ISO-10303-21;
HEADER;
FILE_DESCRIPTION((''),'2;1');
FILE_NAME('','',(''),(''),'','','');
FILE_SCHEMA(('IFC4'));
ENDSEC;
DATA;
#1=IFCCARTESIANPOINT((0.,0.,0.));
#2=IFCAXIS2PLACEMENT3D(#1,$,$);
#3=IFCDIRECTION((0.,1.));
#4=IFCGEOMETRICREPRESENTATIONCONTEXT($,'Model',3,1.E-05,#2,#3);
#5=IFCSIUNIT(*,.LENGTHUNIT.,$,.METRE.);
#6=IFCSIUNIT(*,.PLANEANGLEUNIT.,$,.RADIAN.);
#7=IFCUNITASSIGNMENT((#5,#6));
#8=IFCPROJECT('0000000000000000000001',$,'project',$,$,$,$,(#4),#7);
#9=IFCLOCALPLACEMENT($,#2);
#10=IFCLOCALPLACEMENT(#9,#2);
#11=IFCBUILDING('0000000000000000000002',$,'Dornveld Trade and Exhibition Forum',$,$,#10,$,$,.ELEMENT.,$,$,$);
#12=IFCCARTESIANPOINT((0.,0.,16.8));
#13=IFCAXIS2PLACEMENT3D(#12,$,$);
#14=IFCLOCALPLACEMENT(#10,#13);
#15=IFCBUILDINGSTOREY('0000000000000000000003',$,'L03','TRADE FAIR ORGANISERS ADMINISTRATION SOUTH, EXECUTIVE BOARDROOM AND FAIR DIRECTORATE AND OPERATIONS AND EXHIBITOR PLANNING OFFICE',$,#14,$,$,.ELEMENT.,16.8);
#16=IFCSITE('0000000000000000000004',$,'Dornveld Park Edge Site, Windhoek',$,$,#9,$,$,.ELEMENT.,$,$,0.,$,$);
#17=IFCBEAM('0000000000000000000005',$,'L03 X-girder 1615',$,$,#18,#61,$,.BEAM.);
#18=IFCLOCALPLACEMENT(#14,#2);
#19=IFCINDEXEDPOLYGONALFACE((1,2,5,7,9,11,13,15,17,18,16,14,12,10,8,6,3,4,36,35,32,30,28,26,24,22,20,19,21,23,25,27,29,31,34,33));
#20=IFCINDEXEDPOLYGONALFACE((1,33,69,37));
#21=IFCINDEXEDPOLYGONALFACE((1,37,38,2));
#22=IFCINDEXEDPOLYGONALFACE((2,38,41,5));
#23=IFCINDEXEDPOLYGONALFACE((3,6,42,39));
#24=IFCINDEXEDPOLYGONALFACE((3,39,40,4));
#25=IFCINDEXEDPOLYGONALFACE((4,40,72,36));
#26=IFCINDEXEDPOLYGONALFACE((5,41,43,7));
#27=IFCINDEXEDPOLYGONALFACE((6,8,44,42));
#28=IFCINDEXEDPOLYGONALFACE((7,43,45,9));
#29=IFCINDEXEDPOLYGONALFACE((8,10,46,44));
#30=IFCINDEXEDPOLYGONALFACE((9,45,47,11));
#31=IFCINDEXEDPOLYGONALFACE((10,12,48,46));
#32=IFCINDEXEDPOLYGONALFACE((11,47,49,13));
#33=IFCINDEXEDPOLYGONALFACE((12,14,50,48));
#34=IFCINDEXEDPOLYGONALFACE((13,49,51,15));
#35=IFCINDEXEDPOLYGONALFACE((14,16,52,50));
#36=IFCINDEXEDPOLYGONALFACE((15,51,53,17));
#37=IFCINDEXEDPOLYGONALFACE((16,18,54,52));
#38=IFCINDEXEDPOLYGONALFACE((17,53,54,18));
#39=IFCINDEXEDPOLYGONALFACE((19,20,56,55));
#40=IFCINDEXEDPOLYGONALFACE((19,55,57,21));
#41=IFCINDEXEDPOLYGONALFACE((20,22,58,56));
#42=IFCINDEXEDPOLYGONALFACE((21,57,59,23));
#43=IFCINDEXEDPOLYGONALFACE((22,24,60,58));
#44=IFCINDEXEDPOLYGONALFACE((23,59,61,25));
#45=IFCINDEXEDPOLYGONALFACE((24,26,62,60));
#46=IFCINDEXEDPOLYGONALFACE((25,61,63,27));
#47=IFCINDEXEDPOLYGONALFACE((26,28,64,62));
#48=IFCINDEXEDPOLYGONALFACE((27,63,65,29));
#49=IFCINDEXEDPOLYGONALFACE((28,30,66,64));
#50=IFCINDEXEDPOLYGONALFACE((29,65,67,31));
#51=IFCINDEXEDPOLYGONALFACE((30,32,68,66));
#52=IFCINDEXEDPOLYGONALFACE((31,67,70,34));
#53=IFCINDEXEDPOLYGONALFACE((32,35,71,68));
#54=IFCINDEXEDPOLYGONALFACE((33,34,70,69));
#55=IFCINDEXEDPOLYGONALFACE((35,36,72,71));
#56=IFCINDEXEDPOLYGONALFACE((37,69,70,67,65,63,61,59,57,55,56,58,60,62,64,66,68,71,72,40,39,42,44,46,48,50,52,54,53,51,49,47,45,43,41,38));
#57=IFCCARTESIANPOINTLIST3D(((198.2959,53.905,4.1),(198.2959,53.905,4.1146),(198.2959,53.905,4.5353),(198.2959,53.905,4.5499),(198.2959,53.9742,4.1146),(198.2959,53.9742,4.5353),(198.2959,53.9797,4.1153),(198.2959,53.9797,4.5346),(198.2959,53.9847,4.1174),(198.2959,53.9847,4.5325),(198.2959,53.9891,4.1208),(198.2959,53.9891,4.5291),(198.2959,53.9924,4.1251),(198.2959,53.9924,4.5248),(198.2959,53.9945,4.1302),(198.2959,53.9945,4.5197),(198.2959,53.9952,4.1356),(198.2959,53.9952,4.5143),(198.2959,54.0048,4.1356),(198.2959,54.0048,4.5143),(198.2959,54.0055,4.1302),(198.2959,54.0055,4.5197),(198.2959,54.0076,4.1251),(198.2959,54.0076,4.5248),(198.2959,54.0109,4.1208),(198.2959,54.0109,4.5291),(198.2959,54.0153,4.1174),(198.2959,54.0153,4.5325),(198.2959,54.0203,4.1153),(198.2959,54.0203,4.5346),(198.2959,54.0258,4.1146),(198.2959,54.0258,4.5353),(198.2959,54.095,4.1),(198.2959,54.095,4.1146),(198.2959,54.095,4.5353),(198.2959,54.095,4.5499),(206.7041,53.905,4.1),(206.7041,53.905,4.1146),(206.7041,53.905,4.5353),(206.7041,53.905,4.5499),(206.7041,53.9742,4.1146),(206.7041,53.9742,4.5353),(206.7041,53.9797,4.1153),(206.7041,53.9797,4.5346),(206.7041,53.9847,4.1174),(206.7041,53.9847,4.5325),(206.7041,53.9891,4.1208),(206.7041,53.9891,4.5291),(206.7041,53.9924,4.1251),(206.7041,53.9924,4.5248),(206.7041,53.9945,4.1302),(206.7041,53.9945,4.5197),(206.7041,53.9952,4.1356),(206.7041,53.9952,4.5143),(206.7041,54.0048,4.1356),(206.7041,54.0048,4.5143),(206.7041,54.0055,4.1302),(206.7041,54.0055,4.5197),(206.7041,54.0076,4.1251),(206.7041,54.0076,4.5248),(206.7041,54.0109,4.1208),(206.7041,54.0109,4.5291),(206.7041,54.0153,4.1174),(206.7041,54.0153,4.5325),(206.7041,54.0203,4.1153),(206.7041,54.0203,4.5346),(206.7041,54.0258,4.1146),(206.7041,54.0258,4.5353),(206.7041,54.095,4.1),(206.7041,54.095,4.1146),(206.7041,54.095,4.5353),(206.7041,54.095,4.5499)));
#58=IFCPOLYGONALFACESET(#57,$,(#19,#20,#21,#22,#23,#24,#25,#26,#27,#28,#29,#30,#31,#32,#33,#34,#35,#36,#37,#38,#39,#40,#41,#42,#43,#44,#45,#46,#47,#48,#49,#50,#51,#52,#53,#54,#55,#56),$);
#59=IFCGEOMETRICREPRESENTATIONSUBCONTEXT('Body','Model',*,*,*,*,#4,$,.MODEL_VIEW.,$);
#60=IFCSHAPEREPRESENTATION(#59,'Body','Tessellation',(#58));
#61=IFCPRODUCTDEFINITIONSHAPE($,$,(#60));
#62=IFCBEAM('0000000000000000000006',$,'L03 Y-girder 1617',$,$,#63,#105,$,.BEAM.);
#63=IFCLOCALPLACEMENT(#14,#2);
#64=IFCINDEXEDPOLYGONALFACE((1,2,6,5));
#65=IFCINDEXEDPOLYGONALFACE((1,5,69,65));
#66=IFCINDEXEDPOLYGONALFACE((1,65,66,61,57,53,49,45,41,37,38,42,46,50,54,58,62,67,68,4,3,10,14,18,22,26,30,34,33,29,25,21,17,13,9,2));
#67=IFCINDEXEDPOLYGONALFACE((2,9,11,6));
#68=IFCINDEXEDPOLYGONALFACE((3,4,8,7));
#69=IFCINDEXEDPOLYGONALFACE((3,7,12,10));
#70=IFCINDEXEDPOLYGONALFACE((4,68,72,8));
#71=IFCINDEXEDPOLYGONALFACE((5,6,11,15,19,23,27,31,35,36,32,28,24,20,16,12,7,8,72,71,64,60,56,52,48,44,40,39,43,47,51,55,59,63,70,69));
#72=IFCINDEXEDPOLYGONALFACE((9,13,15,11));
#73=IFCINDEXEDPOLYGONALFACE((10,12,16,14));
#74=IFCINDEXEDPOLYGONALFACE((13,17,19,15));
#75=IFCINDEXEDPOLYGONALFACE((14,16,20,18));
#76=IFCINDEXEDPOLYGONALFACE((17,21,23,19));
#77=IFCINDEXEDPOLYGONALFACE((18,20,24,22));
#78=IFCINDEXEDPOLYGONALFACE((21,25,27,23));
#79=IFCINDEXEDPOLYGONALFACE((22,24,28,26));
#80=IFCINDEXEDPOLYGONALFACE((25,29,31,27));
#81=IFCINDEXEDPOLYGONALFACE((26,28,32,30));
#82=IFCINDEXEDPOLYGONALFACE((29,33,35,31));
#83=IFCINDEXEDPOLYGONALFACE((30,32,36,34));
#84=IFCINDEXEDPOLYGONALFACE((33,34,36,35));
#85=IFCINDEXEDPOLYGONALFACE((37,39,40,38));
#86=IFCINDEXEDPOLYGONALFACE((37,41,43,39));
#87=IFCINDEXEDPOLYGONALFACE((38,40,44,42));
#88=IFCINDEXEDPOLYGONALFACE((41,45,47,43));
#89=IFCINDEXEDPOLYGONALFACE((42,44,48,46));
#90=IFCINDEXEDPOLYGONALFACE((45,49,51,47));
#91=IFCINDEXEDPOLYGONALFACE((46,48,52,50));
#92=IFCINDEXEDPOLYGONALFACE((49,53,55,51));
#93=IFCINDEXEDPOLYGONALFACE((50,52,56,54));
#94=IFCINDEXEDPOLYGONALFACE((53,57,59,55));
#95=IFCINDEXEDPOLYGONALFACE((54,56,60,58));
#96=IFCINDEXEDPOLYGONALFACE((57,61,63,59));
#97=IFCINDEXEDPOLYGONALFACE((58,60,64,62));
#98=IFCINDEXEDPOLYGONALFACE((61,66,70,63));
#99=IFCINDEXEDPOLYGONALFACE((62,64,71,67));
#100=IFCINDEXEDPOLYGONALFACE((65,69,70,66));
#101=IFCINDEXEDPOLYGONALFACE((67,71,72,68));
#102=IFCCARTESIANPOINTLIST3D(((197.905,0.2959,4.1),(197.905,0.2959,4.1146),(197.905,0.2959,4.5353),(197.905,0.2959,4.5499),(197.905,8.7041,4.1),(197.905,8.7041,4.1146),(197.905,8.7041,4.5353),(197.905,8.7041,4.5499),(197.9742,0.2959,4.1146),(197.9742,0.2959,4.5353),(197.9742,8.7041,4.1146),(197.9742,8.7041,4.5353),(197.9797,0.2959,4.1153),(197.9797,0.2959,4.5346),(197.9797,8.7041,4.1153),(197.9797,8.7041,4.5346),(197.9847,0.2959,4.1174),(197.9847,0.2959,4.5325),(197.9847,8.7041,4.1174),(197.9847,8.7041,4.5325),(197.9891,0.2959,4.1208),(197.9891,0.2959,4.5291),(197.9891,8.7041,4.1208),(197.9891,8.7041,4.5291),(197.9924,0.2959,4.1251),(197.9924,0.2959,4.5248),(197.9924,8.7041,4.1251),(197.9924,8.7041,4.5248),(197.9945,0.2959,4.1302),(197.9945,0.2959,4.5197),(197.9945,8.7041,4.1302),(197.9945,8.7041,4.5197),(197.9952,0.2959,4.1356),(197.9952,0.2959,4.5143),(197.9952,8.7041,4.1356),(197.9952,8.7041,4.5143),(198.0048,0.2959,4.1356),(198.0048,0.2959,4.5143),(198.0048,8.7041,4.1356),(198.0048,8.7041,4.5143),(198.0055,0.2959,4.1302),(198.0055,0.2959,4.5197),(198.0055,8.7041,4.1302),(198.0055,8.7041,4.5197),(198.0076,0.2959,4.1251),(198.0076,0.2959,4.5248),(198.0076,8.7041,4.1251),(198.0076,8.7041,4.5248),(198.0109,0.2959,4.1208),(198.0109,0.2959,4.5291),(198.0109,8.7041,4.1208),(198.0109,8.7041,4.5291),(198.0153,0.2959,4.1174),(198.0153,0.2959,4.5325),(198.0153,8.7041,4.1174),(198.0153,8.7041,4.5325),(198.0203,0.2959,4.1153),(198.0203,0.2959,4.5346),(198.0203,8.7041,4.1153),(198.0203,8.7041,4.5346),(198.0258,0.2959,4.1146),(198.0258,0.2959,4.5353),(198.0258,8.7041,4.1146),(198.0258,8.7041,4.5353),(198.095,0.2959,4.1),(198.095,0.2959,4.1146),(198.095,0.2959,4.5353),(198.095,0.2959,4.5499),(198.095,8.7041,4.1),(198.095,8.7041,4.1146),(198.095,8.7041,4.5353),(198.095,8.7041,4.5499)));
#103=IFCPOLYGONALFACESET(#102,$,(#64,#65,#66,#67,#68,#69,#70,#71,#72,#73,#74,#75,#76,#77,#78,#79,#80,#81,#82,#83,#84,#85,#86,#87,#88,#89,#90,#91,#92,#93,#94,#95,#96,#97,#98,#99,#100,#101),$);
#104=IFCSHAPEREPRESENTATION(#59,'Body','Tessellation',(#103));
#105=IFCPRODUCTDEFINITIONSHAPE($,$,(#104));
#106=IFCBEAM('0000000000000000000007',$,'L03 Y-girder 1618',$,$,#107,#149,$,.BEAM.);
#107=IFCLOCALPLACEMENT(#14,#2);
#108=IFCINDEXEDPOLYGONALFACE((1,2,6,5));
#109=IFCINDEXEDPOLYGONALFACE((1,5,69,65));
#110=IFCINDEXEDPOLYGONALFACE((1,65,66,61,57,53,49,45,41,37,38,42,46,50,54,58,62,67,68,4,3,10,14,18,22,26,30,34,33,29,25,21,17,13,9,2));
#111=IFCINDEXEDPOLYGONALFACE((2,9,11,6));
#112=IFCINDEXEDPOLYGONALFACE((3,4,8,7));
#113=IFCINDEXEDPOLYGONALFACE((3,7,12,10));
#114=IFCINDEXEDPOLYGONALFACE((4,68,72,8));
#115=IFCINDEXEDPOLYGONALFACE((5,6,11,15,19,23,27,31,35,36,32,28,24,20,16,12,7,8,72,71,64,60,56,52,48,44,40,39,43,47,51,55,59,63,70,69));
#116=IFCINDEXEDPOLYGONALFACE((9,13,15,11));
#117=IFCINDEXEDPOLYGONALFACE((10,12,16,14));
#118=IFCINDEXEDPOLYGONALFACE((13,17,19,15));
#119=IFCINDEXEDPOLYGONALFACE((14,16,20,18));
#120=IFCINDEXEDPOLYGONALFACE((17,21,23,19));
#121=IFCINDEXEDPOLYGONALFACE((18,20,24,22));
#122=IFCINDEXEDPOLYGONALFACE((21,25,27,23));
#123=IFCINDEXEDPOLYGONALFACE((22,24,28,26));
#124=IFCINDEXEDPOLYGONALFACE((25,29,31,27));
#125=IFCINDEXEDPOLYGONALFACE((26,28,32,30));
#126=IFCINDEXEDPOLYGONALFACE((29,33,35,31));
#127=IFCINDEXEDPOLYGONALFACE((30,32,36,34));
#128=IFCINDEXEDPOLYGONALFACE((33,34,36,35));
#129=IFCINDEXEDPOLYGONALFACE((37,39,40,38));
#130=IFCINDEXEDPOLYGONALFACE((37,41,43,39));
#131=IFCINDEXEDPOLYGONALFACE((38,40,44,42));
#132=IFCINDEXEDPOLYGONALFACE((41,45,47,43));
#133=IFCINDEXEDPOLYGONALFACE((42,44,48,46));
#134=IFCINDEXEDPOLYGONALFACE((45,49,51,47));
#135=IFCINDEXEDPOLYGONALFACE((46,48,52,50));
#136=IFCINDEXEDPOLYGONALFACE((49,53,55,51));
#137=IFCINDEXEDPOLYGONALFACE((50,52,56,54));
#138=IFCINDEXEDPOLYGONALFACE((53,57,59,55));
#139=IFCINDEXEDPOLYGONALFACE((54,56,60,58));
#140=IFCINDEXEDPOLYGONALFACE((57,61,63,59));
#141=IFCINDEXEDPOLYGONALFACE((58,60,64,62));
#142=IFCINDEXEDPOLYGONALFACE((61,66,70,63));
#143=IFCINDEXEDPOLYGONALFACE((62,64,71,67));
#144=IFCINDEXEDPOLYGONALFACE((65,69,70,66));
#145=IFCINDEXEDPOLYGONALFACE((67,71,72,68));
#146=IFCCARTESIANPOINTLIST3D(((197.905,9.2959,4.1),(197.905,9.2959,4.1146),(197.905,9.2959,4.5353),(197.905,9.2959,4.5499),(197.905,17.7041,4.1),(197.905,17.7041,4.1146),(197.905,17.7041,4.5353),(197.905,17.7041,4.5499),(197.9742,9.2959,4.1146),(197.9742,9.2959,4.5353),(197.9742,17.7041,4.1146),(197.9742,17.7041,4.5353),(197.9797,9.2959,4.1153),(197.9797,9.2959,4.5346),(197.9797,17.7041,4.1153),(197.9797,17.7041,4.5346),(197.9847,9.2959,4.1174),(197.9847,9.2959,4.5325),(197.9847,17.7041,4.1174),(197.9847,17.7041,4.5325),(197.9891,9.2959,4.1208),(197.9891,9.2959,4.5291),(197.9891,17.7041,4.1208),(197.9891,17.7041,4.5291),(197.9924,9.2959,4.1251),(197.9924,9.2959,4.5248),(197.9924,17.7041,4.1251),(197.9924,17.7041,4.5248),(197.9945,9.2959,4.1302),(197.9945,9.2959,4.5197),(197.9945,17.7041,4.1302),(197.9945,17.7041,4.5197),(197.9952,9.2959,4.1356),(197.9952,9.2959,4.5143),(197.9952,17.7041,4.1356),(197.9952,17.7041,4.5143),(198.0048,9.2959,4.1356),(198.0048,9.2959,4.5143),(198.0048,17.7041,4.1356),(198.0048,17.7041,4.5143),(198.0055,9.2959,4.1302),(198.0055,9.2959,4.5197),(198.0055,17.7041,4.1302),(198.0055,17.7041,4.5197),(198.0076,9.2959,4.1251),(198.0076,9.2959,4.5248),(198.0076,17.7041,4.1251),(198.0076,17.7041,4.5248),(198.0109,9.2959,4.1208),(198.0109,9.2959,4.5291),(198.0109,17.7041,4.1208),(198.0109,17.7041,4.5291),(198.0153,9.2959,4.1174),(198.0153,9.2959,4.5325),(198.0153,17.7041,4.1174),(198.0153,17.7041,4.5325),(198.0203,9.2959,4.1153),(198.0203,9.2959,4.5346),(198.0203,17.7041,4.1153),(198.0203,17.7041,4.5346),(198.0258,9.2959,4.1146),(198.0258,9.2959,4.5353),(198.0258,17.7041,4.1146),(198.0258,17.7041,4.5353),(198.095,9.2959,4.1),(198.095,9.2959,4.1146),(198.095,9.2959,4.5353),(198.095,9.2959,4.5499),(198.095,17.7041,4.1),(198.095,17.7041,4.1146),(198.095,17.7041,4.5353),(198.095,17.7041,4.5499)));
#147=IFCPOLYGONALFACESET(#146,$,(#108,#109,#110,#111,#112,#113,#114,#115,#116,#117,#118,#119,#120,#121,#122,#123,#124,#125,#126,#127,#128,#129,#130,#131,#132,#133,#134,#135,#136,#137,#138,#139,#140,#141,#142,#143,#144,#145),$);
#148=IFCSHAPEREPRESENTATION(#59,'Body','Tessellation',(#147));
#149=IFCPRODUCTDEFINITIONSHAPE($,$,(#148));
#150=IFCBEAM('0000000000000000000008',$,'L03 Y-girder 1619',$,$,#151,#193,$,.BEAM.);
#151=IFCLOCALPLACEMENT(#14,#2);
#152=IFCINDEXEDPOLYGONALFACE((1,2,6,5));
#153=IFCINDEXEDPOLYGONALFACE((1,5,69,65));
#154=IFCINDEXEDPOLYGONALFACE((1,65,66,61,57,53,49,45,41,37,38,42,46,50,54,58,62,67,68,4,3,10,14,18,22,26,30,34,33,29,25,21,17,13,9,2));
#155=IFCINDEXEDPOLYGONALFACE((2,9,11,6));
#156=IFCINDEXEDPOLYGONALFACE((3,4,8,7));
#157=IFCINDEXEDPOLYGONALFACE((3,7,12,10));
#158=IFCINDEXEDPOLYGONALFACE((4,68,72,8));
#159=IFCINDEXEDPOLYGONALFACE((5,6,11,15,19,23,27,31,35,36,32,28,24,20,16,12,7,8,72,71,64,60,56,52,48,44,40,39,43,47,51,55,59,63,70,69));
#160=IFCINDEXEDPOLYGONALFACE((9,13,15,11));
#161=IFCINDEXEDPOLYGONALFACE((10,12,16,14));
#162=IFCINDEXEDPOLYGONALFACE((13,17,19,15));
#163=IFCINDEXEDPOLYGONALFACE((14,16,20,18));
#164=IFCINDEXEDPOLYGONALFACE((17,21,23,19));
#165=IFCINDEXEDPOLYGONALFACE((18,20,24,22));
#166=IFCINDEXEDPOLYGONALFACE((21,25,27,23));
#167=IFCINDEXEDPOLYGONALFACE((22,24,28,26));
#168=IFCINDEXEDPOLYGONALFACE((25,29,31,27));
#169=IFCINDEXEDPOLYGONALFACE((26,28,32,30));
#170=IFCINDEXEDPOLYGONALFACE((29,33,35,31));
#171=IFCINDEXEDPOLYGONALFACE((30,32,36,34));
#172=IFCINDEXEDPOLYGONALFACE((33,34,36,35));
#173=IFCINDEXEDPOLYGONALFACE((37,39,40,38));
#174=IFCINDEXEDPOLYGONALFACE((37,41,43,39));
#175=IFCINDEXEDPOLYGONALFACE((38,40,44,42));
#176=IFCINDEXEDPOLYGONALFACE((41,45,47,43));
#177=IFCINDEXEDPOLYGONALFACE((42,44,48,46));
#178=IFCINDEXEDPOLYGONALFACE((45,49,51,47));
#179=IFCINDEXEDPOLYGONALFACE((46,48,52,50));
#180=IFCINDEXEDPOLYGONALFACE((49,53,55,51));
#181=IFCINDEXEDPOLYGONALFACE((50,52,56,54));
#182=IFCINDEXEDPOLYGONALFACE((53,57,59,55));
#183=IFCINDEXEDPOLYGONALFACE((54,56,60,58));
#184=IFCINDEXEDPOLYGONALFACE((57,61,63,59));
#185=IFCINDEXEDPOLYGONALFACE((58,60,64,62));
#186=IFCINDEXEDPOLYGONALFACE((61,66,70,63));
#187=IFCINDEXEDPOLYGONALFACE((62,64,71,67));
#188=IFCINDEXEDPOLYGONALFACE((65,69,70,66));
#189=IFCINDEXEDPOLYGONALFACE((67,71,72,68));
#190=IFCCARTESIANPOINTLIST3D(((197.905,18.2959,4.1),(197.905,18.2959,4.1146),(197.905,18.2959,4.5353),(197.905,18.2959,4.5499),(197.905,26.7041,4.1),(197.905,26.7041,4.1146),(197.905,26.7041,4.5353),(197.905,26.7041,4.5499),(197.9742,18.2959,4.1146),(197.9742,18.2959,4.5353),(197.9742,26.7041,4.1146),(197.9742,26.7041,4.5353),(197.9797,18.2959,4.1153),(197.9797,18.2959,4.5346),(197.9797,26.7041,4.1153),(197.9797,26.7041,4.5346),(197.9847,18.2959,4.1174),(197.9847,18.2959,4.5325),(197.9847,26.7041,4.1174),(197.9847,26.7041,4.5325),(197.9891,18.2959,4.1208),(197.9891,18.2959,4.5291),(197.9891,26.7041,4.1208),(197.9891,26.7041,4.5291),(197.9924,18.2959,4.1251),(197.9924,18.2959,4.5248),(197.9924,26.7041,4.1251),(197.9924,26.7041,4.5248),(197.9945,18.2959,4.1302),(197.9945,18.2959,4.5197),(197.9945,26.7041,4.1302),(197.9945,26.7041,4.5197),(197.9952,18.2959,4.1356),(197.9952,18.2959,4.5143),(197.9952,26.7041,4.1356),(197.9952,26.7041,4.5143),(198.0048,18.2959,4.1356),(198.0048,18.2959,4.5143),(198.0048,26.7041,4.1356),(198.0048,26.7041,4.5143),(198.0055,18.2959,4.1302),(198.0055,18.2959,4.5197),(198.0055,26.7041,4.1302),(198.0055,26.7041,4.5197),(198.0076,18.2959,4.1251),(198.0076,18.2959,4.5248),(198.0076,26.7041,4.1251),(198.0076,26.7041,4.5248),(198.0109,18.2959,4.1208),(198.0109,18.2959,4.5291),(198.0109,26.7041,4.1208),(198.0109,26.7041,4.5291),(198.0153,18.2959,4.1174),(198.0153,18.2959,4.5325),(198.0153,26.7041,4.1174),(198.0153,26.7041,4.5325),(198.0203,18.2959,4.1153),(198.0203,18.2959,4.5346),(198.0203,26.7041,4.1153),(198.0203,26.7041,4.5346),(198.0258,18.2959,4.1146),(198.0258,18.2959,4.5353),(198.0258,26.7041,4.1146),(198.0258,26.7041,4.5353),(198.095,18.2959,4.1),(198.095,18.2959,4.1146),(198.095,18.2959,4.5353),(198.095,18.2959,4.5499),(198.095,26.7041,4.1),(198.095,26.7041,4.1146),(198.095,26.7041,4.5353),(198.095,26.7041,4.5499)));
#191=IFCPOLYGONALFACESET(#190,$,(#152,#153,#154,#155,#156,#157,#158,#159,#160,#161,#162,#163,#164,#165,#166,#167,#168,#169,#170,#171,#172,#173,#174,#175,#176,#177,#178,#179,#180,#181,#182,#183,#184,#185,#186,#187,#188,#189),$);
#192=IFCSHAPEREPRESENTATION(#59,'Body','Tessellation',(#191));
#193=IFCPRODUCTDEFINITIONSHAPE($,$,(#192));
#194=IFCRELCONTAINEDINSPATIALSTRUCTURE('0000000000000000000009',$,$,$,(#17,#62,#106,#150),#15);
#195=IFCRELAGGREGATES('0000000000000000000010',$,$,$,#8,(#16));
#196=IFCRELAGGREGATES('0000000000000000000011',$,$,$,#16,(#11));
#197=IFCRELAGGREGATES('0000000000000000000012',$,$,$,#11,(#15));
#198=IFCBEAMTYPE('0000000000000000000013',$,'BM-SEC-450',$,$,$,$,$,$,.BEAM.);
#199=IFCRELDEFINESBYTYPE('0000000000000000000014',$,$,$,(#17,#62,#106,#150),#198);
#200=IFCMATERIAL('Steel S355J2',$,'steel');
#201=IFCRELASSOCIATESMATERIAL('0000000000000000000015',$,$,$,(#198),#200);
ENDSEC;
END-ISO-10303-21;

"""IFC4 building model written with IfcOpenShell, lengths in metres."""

from ifc_helpers import new_model, si_unit, direction, frame, origin, origin_2d, place, context, subcontext, project, spatial, i_section, extrude, material, material_profile, profile_set, type_object, element, save


model = new_model("IFC4")

# Units and contexts
model_context = context("Model", 3, precision=1e-05, world=origin(), true_north=direction((0.0, 1.0)))
body_context = subcontext(model_context, "Body", "Model", "MODEL_VIEW")
ifc_project = project(units=[si_unit("LENGTHUNIT", "METRE"), si_unit("PLANEANGLEUNIT", "RADIAN")], contexts=[model_context])

# Site, building, storey
site_placement = place(None, origin())
site = spatial("IfcSite", under=ifc_project, at=site_placement, Name="Dornveld Park Edge Site, Windhoek", CompositionType="ELEMENT", RefElevation=0.0)
building_placement = place(site_placement, origin())
building = spatial("IfcBuilding", under=site, at=building_placement, Name="Dornveld Trade and Exhibition Forum", CompositionType="ELEMENT")
storey_placement = place(building_placement, frame((0.0, 0.0, 16.8)))
storey = spatial("IfcBuildingStorey", under=building, at=storey_placement, Name="L03", Description="TRADE FAIR ORGANISERS ADMINISTRATION SOUTH, EXECUTIVE BOARDROOM AND FAIR DIRECTORATE AND OPERATIONS AND EXHIBITOR PLANNING OFFICE", CompositionType="ELEMENT", Elevation=16.8)

# Beams
ifc_material_1 = material(Name="Steel S355J2", Category="steel")
ifc_material_profile_1 = material_profile(ifc_material_1, i_section(OverallWidth=0.1899, OverallDepth=0.45, WebThickness=0.0095, FlangeThickness=0.0146, FilletRadius=0.021, at=origin_2d()), Name="IPE 450")
ifc_profile_set_1 = profile_set([ifc_material_profile_1], Name="Steel S355J2")
beam_type = type_object("IfcBeamType", Name="BM-SEC-450", PredefinedType="BEAM", material=ifc_profile_set_1)
for number, where, z_axis, x_axis, name in (
    (1, (198.2959, 54.0, 4.325), (1.0, 0.0, 0.0), (0.0, 1.0, 0.0), "L03 X-girder 1615"),
    (2, (198.0, 0.2959, 4.325), (0.0, 1.0, 0.0), (-1.0, 0.0, 0.0), "L03 Y-girder 1617"),
    (3, (198.0, 9.2959, 4.325), (0.0, 1.0, 0.0), (-1.0, 0.0, 0.0), "L03 Y-girder 1618"),
    (4, (198.0, 18.2959, 4.325), (0.0, 1.0, 0.0), (-1.0, 0.0, 0.0), "L03 Y-girder 1619"),
):
    element("IfcBeam", number, at=place(storey_placement, frame(where, z_axis=z_axis, x_axis=x_axis)), inside=storey, type_object=beam_type, Name=name, PredefinedType="BEAM", context=body_context, shape_type="SweptSolid", body=[
        extrude(i_section(OverallWidth=0.1899, OverallDepth=0.45, WebThickness=0.0095, FlangeThickness=0.0146, FilletRadius=0.021, at=origin_2d()), origin(), (0.0, 0.0, 1.0), 8.4082),
    ])

save(model, "model.ifc")
